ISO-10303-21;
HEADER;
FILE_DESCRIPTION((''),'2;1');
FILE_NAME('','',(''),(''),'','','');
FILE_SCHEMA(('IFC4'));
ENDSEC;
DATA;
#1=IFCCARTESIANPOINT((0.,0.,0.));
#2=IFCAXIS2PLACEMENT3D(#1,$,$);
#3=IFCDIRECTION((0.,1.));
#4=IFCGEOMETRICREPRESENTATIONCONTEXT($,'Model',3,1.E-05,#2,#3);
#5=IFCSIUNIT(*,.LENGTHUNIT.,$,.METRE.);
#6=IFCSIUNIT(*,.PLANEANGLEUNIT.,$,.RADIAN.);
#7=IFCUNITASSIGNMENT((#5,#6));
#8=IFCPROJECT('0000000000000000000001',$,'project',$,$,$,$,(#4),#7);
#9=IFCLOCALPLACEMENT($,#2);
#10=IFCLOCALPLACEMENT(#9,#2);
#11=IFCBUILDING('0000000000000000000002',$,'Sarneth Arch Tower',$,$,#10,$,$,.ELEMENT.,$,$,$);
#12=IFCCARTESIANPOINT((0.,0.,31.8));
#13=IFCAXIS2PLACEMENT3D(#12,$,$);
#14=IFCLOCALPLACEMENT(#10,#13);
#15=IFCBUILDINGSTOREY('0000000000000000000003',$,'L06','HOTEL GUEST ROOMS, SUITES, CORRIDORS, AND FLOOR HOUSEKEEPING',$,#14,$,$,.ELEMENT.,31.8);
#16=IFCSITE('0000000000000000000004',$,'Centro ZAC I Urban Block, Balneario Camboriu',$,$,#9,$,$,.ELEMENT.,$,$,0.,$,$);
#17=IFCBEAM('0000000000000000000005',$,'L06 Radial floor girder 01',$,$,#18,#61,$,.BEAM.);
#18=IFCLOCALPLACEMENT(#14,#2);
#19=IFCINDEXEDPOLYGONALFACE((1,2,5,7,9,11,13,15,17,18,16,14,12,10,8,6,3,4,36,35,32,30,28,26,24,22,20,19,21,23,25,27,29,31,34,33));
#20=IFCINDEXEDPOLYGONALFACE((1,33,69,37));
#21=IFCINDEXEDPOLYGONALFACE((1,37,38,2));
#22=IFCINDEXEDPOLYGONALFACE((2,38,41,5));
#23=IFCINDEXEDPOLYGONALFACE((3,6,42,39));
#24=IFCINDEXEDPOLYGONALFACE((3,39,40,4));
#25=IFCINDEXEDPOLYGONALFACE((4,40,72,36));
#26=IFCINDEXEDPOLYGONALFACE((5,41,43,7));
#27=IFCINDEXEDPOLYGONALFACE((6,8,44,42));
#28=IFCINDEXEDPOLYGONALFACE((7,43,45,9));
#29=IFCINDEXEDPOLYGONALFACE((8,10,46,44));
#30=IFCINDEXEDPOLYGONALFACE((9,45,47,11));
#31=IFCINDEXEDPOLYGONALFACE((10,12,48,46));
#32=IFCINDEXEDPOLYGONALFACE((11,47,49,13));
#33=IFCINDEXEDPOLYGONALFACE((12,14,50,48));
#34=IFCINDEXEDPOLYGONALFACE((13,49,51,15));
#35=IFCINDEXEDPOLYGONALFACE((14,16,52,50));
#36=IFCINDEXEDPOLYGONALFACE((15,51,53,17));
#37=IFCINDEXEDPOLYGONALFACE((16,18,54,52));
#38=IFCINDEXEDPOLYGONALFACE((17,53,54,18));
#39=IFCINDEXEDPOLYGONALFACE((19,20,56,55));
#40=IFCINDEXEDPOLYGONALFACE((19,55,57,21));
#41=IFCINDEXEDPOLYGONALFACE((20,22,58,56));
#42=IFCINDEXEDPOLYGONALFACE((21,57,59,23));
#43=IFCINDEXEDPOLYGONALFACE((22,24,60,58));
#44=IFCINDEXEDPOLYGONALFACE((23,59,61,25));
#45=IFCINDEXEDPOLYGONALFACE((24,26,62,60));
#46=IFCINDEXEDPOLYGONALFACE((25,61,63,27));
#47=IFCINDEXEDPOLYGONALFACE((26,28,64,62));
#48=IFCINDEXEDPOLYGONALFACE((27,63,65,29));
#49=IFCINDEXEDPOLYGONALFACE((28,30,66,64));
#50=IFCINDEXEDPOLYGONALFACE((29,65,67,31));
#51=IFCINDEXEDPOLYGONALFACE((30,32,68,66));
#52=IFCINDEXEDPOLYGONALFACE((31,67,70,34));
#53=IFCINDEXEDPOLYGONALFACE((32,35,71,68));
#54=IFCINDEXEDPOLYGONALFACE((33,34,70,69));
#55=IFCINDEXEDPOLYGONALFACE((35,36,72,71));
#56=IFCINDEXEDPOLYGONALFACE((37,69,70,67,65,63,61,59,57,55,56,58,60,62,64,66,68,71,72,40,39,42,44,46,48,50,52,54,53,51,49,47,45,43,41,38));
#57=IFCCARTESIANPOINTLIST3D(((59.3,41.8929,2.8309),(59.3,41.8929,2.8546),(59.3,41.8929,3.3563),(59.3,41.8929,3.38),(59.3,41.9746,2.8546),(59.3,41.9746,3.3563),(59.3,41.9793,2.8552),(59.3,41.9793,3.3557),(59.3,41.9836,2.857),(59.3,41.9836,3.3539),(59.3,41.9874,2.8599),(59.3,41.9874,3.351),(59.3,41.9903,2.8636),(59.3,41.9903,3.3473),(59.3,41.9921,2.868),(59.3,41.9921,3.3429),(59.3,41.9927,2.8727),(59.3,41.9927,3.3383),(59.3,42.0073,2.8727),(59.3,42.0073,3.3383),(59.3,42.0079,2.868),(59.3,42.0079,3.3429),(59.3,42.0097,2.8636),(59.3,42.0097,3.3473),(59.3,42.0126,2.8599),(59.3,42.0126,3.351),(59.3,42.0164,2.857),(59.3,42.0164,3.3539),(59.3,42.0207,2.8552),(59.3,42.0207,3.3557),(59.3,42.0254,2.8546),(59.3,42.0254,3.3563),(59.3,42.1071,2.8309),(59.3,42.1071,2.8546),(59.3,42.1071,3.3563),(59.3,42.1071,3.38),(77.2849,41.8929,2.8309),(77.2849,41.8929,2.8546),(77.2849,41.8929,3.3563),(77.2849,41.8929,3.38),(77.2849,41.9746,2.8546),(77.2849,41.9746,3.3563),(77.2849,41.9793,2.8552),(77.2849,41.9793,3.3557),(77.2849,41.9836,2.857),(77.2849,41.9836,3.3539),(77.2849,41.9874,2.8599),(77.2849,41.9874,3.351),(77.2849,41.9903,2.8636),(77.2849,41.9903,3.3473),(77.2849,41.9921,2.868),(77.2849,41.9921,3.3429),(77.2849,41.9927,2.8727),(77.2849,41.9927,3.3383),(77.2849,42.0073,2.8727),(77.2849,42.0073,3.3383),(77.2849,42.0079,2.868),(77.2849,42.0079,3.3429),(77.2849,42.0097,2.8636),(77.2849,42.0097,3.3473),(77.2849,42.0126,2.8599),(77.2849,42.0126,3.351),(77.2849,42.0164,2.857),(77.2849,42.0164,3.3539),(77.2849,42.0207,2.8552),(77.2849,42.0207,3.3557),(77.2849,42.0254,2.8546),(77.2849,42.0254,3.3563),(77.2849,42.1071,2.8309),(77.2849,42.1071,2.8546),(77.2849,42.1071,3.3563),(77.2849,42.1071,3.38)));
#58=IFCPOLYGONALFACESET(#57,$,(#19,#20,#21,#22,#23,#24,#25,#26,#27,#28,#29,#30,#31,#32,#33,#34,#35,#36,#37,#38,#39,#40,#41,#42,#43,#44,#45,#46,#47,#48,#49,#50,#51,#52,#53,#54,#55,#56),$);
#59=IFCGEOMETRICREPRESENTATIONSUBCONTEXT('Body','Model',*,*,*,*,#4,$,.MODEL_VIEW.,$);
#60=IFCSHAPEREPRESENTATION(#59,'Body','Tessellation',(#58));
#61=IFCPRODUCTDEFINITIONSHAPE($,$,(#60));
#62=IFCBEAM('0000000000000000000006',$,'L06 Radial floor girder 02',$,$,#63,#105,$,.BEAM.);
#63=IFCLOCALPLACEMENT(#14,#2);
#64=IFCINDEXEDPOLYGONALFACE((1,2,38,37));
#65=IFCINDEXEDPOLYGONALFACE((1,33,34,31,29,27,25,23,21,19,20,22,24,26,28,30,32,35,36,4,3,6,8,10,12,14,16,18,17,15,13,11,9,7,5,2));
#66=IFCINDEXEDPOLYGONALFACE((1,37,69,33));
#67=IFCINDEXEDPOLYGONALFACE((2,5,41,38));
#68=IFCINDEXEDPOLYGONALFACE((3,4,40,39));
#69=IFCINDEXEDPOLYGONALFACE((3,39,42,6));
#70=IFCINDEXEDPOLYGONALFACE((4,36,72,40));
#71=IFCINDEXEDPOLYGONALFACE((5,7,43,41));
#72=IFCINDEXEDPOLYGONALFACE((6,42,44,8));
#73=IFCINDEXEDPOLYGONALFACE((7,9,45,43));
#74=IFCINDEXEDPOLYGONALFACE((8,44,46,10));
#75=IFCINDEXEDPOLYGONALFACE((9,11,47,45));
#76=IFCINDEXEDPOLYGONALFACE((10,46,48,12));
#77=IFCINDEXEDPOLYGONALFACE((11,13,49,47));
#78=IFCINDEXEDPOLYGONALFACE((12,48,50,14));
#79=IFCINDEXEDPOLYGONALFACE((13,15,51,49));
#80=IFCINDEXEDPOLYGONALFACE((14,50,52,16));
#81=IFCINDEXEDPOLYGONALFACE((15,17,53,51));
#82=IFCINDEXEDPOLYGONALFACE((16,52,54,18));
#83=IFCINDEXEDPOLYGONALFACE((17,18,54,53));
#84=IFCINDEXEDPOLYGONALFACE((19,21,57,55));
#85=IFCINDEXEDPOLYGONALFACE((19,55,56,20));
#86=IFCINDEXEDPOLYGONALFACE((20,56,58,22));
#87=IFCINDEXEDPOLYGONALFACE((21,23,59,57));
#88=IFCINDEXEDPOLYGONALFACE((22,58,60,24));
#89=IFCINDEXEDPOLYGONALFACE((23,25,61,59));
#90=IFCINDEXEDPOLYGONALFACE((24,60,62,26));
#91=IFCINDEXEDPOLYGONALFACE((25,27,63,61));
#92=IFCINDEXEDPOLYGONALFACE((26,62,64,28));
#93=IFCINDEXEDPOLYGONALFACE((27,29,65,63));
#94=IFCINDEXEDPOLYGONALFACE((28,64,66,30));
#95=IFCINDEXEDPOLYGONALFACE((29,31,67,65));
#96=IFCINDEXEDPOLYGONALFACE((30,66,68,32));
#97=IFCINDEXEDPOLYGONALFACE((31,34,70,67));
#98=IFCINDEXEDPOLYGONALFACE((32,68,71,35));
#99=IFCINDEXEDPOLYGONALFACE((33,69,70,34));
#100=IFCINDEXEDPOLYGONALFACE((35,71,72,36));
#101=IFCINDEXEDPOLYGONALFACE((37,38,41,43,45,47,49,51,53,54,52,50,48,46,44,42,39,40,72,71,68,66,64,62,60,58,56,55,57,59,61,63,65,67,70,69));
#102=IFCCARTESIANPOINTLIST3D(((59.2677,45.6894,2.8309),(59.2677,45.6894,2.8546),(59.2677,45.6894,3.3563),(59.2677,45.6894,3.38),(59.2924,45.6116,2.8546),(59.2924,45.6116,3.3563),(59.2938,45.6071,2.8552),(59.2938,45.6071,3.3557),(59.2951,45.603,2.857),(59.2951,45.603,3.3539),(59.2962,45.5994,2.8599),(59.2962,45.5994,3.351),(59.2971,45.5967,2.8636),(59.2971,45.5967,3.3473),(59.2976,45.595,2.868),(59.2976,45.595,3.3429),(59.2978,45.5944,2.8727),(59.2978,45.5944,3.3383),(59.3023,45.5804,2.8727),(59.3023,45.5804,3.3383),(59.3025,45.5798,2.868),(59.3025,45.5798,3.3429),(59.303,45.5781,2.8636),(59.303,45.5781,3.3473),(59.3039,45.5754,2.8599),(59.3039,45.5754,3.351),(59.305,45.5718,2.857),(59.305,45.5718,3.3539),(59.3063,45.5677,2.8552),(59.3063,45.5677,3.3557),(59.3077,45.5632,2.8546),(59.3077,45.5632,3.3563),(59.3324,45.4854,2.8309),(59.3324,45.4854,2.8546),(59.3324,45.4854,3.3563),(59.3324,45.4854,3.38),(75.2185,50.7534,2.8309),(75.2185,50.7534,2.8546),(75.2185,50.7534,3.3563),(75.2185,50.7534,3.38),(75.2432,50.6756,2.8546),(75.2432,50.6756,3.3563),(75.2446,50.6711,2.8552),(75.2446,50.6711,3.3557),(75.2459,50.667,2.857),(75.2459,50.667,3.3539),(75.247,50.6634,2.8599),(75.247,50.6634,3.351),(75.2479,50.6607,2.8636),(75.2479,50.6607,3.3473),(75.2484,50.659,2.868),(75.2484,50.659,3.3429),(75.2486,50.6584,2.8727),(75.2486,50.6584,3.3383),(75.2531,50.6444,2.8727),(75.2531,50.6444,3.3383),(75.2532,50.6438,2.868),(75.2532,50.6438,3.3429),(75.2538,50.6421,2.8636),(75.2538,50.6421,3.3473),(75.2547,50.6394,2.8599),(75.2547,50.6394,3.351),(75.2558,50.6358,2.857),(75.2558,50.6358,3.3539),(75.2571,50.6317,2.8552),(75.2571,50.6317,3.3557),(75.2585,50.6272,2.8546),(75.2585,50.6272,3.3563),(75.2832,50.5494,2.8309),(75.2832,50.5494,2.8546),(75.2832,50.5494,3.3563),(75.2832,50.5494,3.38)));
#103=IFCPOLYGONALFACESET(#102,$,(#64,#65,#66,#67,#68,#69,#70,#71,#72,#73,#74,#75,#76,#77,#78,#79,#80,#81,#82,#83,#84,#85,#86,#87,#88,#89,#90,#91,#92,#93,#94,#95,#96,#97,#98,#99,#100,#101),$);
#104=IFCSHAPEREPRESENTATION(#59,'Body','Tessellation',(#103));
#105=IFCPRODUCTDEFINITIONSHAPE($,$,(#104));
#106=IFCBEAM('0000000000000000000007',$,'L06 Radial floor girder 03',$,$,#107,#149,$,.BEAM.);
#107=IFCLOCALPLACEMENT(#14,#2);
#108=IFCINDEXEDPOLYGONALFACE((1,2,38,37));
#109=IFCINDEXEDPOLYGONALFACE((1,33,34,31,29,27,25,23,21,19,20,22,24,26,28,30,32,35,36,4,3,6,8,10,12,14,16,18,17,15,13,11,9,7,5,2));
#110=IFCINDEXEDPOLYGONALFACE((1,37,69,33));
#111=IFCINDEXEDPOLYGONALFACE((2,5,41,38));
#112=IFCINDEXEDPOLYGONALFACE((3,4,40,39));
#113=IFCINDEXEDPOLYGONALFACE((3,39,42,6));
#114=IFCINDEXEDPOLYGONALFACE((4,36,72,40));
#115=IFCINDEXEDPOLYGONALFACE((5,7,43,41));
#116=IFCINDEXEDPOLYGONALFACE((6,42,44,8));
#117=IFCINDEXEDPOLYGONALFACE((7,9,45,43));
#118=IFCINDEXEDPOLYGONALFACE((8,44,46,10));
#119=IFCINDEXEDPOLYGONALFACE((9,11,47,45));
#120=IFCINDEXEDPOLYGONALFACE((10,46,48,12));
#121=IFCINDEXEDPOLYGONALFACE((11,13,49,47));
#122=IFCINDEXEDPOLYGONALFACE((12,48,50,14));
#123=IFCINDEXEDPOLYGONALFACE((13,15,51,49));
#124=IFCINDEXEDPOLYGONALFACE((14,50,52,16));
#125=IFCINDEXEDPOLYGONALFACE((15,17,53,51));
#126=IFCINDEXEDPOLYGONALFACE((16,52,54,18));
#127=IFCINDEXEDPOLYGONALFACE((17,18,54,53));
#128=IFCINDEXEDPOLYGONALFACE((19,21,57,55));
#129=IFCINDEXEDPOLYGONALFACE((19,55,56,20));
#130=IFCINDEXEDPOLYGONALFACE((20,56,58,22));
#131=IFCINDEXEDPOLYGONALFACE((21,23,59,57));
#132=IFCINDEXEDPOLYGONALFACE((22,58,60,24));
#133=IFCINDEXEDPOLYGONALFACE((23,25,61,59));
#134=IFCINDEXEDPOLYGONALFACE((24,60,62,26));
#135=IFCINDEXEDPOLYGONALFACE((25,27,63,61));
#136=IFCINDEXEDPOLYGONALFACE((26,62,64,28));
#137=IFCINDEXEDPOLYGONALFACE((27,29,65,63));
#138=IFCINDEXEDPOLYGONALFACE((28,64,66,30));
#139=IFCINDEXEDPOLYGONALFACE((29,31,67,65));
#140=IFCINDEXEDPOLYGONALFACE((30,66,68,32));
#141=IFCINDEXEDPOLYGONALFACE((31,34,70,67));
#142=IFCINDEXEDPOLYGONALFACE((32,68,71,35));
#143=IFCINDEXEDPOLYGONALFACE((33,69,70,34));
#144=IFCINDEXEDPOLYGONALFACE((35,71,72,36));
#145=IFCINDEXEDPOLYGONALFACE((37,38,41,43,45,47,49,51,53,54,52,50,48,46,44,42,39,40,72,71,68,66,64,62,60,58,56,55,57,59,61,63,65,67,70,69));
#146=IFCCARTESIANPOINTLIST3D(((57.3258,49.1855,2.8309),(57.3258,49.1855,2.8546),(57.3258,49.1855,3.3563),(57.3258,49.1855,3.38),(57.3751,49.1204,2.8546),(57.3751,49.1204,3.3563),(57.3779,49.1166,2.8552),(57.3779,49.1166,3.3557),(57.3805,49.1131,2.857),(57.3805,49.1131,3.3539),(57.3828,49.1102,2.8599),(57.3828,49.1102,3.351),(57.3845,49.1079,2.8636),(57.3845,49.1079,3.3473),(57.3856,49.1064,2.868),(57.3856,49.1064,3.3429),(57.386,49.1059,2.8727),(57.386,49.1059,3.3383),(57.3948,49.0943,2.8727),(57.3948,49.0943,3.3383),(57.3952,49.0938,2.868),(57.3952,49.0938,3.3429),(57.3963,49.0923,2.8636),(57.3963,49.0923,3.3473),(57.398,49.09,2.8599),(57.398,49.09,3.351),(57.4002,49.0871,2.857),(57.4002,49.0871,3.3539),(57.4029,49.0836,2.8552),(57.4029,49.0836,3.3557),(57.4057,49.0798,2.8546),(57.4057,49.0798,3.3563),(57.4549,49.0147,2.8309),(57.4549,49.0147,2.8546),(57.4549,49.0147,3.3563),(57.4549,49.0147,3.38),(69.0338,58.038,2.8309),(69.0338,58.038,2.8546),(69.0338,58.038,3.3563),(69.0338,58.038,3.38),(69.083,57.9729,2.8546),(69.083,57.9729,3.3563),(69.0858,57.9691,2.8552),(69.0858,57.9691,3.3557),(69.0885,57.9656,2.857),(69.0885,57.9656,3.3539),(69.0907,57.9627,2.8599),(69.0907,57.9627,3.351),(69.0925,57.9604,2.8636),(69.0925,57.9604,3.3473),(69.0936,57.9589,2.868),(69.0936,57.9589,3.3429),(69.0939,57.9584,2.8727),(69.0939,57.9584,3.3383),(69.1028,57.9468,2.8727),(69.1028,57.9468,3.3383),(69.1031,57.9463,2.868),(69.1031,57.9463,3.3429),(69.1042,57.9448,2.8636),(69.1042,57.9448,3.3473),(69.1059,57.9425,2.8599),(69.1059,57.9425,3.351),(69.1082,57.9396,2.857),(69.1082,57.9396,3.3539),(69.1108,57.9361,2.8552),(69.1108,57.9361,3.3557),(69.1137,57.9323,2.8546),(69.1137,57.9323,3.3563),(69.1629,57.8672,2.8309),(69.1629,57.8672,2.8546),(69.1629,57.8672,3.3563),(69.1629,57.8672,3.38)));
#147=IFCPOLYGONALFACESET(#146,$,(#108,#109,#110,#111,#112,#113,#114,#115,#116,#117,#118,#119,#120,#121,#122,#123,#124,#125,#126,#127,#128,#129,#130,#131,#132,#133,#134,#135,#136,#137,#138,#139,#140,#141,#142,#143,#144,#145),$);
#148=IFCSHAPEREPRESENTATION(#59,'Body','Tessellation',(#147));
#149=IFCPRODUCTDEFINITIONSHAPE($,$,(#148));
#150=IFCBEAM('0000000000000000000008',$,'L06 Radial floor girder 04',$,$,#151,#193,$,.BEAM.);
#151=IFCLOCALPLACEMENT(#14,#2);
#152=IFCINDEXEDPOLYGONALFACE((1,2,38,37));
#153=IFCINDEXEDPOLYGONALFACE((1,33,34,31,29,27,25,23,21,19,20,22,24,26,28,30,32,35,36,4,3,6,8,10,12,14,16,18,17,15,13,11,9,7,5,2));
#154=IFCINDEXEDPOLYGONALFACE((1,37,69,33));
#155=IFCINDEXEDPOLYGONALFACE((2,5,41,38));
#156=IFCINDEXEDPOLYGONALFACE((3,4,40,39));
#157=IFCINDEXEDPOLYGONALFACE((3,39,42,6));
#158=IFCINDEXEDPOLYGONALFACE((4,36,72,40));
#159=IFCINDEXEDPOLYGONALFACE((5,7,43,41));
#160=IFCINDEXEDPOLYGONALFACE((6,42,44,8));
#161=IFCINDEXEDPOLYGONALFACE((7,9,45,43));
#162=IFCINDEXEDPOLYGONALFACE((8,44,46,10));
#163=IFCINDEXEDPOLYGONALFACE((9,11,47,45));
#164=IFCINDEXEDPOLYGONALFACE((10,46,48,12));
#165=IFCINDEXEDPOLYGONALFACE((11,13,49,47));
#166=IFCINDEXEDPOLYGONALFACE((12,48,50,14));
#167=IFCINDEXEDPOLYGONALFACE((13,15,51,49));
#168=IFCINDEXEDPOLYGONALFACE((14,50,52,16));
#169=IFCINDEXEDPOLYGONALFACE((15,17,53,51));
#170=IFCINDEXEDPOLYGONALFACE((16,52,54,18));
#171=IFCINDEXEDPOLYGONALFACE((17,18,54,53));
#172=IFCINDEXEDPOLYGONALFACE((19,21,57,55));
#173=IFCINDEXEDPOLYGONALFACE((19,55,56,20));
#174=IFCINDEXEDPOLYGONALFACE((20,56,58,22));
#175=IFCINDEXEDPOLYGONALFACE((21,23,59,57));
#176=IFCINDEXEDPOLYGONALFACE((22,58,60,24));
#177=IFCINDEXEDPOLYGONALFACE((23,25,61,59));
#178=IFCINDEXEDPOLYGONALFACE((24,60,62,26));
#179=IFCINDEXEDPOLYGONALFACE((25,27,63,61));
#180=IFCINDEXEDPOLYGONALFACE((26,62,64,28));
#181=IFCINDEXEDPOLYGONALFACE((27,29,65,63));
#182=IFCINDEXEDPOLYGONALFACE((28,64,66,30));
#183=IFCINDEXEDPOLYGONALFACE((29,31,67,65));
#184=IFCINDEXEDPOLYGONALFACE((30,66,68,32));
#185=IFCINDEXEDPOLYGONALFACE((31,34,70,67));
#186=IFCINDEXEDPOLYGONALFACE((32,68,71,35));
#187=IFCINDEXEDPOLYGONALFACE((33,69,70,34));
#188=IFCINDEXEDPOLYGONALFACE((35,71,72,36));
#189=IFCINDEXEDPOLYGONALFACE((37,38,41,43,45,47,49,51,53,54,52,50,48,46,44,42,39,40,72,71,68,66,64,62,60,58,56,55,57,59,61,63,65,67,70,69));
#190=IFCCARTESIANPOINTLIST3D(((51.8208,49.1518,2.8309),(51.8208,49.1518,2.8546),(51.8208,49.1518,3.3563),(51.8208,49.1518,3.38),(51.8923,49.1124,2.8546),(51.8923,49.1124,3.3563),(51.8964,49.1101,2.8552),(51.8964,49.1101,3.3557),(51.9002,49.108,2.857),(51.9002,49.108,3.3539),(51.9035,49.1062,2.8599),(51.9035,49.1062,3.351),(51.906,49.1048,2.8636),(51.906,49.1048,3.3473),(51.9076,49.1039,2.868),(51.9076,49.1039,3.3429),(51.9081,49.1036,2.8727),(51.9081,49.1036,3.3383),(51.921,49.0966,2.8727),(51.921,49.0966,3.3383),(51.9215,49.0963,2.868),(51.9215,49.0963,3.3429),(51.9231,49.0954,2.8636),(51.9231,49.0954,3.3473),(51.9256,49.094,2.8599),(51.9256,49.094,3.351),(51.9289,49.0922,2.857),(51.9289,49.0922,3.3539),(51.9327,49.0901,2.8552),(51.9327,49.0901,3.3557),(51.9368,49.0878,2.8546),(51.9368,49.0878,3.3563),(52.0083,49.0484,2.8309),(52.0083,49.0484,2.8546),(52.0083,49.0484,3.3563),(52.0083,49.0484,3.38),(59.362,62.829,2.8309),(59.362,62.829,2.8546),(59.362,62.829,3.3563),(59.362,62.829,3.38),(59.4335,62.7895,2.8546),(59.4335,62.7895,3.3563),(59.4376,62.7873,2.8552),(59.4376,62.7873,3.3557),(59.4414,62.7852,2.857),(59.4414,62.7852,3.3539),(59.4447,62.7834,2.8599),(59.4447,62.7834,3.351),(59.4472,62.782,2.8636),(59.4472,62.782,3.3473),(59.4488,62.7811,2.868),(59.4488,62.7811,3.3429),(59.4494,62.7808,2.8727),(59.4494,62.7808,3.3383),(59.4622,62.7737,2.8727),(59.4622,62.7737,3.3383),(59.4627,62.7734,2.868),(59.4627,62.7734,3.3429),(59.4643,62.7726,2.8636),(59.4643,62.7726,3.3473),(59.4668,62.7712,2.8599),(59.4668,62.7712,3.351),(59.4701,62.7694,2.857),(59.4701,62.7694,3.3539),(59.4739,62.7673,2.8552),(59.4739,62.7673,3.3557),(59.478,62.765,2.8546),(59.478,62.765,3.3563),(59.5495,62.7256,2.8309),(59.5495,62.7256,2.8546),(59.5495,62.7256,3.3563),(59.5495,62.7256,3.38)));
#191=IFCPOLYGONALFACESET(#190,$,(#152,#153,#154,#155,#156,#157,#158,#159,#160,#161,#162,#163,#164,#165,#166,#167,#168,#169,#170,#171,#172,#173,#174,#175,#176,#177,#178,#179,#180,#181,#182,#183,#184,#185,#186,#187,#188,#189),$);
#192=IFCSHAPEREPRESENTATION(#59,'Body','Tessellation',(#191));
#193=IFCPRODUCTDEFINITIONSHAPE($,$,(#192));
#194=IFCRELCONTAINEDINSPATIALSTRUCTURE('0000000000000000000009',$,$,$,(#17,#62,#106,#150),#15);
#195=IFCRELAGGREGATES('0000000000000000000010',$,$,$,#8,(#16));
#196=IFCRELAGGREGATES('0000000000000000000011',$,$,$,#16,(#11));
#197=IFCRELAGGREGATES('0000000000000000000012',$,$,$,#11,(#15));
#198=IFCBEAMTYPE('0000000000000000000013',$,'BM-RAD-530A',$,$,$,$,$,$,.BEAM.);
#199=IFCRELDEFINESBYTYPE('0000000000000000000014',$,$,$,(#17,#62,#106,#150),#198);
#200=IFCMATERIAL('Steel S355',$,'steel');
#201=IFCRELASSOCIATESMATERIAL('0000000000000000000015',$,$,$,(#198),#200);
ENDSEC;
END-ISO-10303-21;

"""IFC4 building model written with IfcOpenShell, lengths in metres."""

from ifc_helpers import new_model, si_unit, direction, frame, origin, origin_2d, place, context, subcontext, project, spatial, i_section, extrude, material, material_profile, profile_set, type_object, element, save


model = new_model("IFC4")

# Units and contexts
model_context = context("Model", 3, precision=1e-05, world=origin(), true_north=direction((0.0, 1.0)))
body_context = subcontext(model_context, "Body", "Model", "MODEL_VIEW")
ifc_project = project(units=[si_unit("LENGTHUNIT", "METRE"), si_unit("PLANEANGLEUNIT", "RADIAN")], contexts=[model_context])

# Site, building, storey
site_placement = place(None, origin())
site = spatial("IfcSite", under=ifc_project, at=site_placement, Name="Centro ZAC I Urban Block, Balneario Camboriu", CompositionType="ELEMENT", RefElevation=0.0)
building_placement = place(site_placement, origin())
building = spatial("IfcBuilding", under=site, at=building_placement, Name="Sarneth Arch Tower", CompositionType="ELEMENT")
storey_placement = place(building_placement, frame((0.0, 0.0, 31.8)))
storey = spatial("IfcBuildingStorey", under=building, at=storey_placement, Name="L06", Description="HOTEL GUEST ROOMS, SUITES, CORRIDORS, AND FLOOR HOUSEKEEPING", CompositionType="ELEMENT", Elevation=31.8)

# Beams
ifc_material_1 = material(Name="Steel S355", Category="steel")
ifc_material_profile = material_profile(ifc_material_1, i_section(OverallWidth=0.2141, OverallDepth=0.5491, WebThickness=0.0146, FlangeThickness=0.0237, FilletRadius=0.0181, at=origin_2d()), Name="W530x138")
ifc_profile_set = profile_set([ifc_material_profile], Name="Steel S355")
beam_type = type_object("IfcBeamType", Name="BM-RAD-530A", PredefinedType="BEAM", material=ifc_profile_set)
beam_1_placement = place(storey_placement, frame((59.3, 42.0, 3.1055), z_axis=(1.0, 0.0, 0.0), x_axis=(0.0, 1.0, 0.0)))
element("IfcBeam", 1, at=beam_1_placement, inside=storey, type_object=beam_type, Name="L06 Radial floor girder 01", PredefinedType="BEAM", context=body_context, shape_type="SweptSolid", body=[
    extrude(i_section(OverallWidth=0.2141, OverallDepth=0.5491, WebThickness=0.0146, FlangeThickness=0.0237, FilletRadius=0.0181, at=origin_2d()), origin(), (0.0, 0.0, 1.0), 17.9849),
])
beam_2_placement = place(storey_placement, frame((59.3, 45.5874, 3.1055), z_axis=(0.95312, 0.302593, 0.0), x_axis=(-0.302593, 0.95312, 0.0)))
element("IfcBeam", 2, at=beam_2_placement, inside=storey, type_object=beam_type, Name="L06 Radial floor girder 02", PredefinedType="BEAM", context=body_context, shape_type="SweptSolid", body=[
    extrude(i_section(OverallWidth=0.2141, OverallDepth=0.5491, WebThickness=0.0146, FlangeThickness=0.0237, FilletRadius=0.0181, at=origin_2d()), origin(), (0.0, 0.0, 1.0), 16.7354),
])
beam_3_placement = place(storey_placement, frame((57.3904, 49.1001, 3.1055), z_axis=(0.797655, 0.603114, 0.0), x_axis=(-0.603114, 0.797655, 0.0)))
element("IfcBeam", 3, at=beam_3_placement, inside=storey, type_object=beam_type, Name="L06 Radial floor girder 03", PredefinedType="BEAM", context=body_context, shape_type="SweptSolid", body=[
    extrude(i_section(OverallWidth=0.2141, OverallDepth=0.5491, WebThickness=0.0146, FlangeThickness=0.0237, FilletRadius=0.0181, at=origin_2d()), origin(), (0.0, 0.0, 1.0), 14.678),
])
beam_4_placement = place(storey_placement, frame((51.9146, 49.1001, 3.1055), z_axis=(0.482841, 0.875708, 0.0), x_axis=(-0.875708, 0.482841, 0.0)))
element("IfcBeam", 4, at=beam_4_placement, inside=storey, type_object=beam_type, Name="L06 Radial floor girder 04", PredefinedType="BEAM", context=body_context, shape_type="SweptSolid", body=[
    extrude(i_section(OverallWidth=0.2141, OverallDepth=0.5491, WebThickness=0.0146, FlangeThickness=0.0237, FilletRadius=0.0181, at=origin_2d()), origin(), (0.0, 0.0, 1.0), 15.6184),
])

save(model, "model.ifc")
